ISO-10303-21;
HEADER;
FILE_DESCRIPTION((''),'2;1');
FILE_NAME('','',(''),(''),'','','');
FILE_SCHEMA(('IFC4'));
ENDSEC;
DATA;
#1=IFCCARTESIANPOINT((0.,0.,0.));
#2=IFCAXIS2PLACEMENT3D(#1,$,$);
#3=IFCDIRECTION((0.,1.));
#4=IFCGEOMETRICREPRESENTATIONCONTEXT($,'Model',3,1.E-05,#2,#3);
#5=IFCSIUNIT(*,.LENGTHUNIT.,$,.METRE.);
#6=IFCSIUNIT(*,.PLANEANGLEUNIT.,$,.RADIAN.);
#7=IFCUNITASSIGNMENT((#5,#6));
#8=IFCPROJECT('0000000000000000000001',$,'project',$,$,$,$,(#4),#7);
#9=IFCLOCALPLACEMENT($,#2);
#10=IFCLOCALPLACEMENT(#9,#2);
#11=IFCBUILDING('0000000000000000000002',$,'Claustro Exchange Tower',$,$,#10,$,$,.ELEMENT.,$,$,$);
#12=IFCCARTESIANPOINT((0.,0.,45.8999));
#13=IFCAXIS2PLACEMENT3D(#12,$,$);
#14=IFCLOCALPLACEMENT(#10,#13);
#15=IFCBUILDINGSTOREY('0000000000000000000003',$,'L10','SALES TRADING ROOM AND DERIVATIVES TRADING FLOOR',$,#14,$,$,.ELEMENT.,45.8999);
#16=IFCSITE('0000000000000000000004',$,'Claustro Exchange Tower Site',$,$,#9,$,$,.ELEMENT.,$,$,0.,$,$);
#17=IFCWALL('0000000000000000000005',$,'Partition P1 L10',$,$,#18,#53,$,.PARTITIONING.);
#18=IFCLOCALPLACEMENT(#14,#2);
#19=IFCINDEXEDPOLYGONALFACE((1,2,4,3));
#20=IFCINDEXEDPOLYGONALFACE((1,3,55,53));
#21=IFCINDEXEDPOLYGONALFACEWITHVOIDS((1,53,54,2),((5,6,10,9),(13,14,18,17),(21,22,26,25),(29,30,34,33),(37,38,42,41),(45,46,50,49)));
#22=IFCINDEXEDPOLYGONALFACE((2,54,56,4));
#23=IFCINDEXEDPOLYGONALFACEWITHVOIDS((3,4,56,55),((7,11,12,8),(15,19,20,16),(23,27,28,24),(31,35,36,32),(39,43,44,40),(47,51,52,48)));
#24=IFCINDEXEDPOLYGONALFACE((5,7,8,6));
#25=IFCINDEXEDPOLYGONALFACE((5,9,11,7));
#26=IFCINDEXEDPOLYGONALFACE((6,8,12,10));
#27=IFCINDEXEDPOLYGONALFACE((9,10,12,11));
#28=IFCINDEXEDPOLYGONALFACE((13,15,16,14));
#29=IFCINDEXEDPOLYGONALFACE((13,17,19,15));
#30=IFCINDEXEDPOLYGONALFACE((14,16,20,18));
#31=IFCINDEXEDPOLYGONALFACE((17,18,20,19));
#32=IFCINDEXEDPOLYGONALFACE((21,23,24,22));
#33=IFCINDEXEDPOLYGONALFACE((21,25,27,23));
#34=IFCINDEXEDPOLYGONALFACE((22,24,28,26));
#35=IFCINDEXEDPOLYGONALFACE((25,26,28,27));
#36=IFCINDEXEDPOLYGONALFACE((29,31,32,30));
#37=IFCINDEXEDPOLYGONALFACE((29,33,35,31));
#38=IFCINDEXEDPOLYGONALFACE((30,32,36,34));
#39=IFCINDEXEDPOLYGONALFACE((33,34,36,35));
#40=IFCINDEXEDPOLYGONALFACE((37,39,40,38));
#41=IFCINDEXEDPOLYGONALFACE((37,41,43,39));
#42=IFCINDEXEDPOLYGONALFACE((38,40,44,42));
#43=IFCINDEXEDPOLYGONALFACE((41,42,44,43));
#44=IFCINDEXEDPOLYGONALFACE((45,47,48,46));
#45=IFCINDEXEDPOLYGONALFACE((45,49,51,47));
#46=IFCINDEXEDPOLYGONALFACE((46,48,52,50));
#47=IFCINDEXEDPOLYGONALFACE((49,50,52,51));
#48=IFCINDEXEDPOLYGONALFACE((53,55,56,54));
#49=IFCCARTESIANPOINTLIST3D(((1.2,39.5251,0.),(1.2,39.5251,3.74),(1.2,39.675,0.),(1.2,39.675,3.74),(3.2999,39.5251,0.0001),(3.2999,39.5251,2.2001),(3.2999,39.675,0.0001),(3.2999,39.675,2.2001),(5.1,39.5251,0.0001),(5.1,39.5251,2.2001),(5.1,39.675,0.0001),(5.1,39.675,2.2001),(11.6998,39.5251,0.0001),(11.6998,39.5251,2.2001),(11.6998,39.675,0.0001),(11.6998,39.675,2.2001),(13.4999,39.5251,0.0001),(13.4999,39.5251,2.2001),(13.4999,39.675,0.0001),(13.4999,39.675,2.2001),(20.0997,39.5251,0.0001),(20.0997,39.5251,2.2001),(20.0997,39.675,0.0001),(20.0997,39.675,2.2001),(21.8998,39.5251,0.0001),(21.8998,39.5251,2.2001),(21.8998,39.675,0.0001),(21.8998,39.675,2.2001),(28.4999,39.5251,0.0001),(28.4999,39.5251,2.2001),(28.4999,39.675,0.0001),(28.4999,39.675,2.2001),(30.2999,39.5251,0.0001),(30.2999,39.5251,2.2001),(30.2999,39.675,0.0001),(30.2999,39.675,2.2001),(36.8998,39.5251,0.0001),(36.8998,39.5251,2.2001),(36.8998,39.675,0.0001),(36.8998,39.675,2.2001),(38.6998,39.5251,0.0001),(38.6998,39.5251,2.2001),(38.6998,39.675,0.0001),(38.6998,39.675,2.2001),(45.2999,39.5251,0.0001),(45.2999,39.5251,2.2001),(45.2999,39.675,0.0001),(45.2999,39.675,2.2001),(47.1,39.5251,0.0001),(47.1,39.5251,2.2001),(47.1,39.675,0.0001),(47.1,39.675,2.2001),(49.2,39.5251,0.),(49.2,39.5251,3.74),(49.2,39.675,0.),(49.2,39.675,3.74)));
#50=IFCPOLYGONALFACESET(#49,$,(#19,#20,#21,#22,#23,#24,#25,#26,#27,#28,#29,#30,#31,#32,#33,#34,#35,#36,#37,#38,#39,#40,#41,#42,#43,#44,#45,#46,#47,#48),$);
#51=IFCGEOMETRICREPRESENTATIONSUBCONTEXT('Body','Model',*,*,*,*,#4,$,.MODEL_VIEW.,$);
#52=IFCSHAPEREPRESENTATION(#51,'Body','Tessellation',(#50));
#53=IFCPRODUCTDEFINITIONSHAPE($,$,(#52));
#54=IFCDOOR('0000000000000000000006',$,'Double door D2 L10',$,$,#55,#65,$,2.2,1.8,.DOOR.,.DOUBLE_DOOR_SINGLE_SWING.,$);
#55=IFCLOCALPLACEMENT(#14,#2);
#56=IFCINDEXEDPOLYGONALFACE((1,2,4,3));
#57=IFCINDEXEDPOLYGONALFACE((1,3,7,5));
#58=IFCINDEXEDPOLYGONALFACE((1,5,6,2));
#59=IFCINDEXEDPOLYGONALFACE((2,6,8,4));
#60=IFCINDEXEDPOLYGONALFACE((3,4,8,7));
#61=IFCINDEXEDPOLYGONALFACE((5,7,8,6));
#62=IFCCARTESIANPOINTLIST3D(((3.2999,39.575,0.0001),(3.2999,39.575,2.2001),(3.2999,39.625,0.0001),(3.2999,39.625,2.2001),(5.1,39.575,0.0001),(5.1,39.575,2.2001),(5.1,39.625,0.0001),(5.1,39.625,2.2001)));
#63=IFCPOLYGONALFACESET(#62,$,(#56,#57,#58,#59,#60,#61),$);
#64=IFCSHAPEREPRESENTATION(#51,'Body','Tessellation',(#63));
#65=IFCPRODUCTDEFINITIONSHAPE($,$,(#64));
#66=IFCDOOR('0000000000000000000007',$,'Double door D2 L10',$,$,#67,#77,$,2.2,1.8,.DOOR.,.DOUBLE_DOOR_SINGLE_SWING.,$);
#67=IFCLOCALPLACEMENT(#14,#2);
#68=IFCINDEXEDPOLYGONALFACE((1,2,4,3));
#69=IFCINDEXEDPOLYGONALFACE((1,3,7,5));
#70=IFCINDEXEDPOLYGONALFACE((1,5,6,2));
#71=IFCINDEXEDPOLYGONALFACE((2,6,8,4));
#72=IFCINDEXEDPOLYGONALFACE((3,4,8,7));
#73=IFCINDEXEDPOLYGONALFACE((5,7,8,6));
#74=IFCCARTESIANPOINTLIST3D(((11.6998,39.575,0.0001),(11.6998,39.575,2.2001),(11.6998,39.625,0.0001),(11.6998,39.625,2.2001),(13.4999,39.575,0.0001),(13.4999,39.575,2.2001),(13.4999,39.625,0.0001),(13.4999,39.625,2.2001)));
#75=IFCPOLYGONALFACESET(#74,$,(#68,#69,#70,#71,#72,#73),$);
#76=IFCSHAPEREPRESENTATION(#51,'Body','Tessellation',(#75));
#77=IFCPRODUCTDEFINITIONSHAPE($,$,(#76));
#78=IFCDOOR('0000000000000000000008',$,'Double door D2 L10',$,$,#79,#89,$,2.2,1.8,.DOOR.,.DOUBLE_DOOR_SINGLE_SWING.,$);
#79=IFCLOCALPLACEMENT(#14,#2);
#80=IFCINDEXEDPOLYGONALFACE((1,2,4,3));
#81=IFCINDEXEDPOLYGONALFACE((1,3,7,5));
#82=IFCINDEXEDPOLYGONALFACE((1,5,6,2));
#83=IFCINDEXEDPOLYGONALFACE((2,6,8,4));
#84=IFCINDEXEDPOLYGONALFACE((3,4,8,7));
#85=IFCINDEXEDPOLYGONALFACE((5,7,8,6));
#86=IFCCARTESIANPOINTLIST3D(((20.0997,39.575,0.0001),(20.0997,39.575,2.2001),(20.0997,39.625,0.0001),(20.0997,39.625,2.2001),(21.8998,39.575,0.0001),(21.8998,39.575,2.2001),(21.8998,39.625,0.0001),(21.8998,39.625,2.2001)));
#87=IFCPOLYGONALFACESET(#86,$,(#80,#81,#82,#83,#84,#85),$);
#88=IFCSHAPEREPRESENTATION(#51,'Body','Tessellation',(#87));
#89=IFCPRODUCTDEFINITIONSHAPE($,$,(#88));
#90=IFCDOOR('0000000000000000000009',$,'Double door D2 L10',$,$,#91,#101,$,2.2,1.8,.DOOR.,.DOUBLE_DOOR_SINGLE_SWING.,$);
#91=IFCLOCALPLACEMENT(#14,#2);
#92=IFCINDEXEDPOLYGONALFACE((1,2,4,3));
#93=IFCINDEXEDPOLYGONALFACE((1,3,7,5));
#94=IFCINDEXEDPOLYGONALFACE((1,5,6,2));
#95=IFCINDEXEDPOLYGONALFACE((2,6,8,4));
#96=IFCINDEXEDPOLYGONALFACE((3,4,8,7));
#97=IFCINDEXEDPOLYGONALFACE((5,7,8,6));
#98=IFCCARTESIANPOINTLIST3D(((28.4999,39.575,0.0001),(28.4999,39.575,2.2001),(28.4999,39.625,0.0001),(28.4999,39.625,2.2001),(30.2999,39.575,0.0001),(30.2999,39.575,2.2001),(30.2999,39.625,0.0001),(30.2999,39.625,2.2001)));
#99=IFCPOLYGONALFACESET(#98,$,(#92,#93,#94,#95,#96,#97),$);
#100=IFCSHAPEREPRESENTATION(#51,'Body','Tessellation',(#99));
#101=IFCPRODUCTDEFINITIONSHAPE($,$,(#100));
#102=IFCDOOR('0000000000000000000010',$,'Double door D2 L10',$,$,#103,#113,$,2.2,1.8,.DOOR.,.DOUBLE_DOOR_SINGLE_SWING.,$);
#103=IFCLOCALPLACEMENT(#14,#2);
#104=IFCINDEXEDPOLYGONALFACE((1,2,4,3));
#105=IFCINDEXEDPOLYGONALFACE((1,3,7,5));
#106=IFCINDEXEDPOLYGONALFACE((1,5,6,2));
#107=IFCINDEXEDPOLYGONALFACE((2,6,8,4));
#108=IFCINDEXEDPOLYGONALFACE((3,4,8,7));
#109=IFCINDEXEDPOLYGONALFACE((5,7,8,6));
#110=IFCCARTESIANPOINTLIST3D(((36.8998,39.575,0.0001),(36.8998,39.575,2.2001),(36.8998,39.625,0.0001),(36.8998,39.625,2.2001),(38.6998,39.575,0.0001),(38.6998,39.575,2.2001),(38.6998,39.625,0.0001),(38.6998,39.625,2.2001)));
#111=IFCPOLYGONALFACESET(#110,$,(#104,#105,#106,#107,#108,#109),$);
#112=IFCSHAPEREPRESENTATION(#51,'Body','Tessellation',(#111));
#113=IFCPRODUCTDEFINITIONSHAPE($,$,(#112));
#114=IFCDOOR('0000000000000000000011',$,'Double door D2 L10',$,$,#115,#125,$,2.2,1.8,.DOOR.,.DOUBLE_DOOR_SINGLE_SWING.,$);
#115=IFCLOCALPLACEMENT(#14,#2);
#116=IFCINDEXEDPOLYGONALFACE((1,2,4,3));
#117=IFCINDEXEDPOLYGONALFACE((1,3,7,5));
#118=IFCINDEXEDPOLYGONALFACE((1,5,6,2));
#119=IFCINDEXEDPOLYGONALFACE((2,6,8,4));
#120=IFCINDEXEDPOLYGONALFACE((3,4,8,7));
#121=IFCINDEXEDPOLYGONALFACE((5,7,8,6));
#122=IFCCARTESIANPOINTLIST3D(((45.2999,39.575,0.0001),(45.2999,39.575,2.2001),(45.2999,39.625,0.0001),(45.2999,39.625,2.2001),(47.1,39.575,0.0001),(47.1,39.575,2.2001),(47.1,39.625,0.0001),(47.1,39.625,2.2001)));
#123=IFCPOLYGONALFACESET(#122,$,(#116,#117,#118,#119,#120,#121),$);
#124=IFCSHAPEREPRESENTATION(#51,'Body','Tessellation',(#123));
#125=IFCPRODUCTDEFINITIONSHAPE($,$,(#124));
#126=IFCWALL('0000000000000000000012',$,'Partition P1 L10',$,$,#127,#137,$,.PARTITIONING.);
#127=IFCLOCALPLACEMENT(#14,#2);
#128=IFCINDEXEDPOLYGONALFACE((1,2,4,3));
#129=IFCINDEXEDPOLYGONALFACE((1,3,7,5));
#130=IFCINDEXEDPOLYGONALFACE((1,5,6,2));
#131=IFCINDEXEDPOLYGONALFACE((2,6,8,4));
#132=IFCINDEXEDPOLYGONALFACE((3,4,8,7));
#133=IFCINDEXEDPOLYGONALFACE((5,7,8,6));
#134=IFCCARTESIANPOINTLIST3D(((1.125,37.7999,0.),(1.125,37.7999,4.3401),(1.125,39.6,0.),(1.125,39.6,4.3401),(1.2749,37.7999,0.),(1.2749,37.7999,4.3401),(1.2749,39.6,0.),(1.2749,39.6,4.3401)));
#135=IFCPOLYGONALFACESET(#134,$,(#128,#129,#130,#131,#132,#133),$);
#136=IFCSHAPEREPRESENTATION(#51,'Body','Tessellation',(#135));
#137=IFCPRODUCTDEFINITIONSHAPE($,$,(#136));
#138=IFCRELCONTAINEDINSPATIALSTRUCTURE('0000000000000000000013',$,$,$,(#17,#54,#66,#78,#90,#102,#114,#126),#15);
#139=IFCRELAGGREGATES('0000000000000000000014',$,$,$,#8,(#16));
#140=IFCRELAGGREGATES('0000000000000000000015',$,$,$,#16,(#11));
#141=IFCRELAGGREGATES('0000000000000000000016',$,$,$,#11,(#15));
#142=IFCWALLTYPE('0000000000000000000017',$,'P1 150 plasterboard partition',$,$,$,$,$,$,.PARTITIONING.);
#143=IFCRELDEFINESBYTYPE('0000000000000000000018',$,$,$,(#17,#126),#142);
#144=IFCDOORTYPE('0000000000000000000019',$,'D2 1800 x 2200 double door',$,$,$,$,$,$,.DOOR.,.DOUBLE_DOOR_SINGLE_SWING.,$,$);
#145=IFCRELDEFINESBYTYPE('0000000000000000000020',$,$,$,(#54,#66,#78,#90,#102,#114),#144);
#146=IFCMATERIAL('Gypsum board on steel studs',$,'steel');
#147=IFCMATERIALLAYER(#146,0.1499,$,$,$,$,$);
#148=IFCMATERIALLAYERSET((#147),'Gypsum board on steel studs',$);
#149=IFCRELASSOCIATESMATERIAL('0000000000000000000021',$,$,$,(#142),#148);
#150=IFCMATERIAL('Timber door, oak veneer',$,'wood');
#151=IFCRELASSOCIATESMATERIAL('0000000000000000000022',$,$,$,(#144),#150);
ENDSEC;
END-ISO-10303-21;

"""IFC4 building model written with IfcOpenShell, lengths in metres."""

from ifc_helpers import new_model, si_unit, direction, frame, frame_2d, origin, place, context, subcontext, project, spatial, rectangle, extrude, material, layer, layer_set, type_object, element, fill, save


model = new_model("IFC4")

# Units and contexts
model_context = context("Model", 3, precision=1e-05, world=origin(), true_north=direction((0.0, 1.0)))
body_context = subcontext(model_context, "Body", "Model", "MODEL_VIEW")
ifc_project = project(units=[si_unit("LENGTHUNIT", "METRE"), si_unit("PLANEANGLEUNIT", "RADIAN")], contexts=[model_context])

# Site, building, storey
site_placement = place(None, origin())
site = spatial("IfcSite", under=ifc_project, at=site_placement, Name="Claustro Exchange Tower Site", CompositionType="ELEMENT", RefElevation=0.0)
building_placement = place(site_placement, origin())
building = spatial("IfcBuilding", under=site, at=building_placement, Name="Claustro Exchange Tower", CompositionType="ELEMENT")
storey_placement = place(building_placement, frame((0.0, 0.0, 45.8999)))
storey = spatial("IfcBuildingStorey", under=building, at=storey_placement, Name="L10", Description="SALES TRADING ROOM AND DERIVATIVES TRADING FLOOR", CompositionType="ELEMENT", Elevation=45.8999)

# Wall, openings, doors
ifc_material_1 = material(Name="Gypsum board on steel studs", Category="steel")
ifc_layer_1 = layer(ifc_material_1, 0.1499)
ifc_layer_set_1 = layer_set([ifc_layer_1], Name="Gypsum board on steel studs")
wall_type_1 = type_object("IfcWallType", Name="P1 150 plasterboard partition", PredefinedType="PARTITIONING", material=ifc_layer_set_1)
wall_1_placement = place(storey_placement, frame((1.2, 39.6001, 0.0), z_axis=(0.0, 0.0, 1.0), x_axis=(1.0, 0.0, 0.0)))
wall_1 = element("IfcWall", 1, at=wall_1_placement, inside=storey, type_object=wall_type_1, Name="Partition P1 L10", PredefinedType="PARTITIONING", context=body_context, shape_type="SweptSolid", body=[
    extrude(rectangle(XDim=48.0, YDim=0.1499, at=frame_2d((24.0, 0.0))), origin(), (0.0, 0.0, 1.0), 3.74),
])
opening_1_placement = place(wall_1_placement, frame((2.1001, 0.0, 0.0)))
opening_1 = element("IfcOpeningElement", 2, at=opening_1_placement, cuts=wall_1, PredefinedType="OPENING", context=body_context, shape_type="SweptSolid", body=[
    extrude(rectangle(XDim=1.8, YDim=2.2, at=frame_2d((0.8999, 1.1001))), frame((0.0, 0.085, 0.0), z_axis=(0.0, -1.0, 0.0), x_axis=(1.0, 0.0, 0.0)), (0.0, 0.0, 1.0), 0.1699),
])
opening_2_placement = place(wall_1_placement, frame((10.5, 0.0, 0.0)))
opening_2 = element("IfcOpeningElement", 3, at=opening_2_placement, cuts=wall_1, PredefinedType="OPENING", context=body_context, shape_type="SweptSolid", body=[
    extrude(rectangle(XDim=1.8, YDim=2.2, at=frame_2d((0.8999, 1.1001))), frame((0.0, 0.085, 0.0), z_axis=(0.0, -1.0, 0.0), x_axis=(1.0, 0.0, 0.0)), (0.0, 0.0, 1.0), 0.1699),
])
opening_3_placement = place(wall_1_placement, frame((18.8999, 0.0, 0.0)))
opening_3 = element("IfcOpeningElement", 4, at=opening_3_placement, cuts=wall_1, PredefinedType="OPENING", context=body_context, shape_type="SweptSolid", body=[
    extrude(rectangle(XDim=1.8, YDim=2.2, at=frame_2d((0.8999, 1.1001))), frame((0.0, 0.085, 0.0), z_axis=(0.0, -1.0, 0.0), x_axis=(1.0, 0.0, 0.0)), (0.0, 0.0, 1.0), 0.1699),
])
opening_4_placement = place(wall_1_placement, frame((27.3, 0.0, 0.0)))
opening_4 = element("IfcOpeningElement", 5, at=opening_4_placement, cuts=wall_1, PredefinedType="OPENING", context=body_context, shape_type="SweptSolid", body=[
    extrude(rectangle(XDim=1.8, YDim=2.2, at=frame_2d((0.8999, 1.1001))), frame((0.0, 0.085, 0.0), z_axis=(0.0, -1.0, 0.0), x_axis=(1.0, 0.0, 0.0)), (0.0, 0.0, 1.0), 0.1699),
])
opening_5_placement = place(wall_1_placement, frame((35.7, 0.0, 0.0)))
opening_5 = element("IfcOpeningElement", 6, at=opening_5_placement, cuts=wall_1, PredefinedType="OPENING", context=body_context, shape_type="SweptSolid", body=[
    extrude(rectangle(XDim=1.8, YDim=2.2, at=frame_2d((0.8999, 1.1001))), frame((0.0, 0.085, 0.0), z_axis=(0.0, -1.0, 0.0), x_axis=(1.0, 0.0, 0.0)), (0.0, 0.0, 1.0), 0.1699),
])
opening_6_placement = place(wall_1_placement, frame((44.1001, 0.0, 0.0)))
opening_6 = element("IfcOpeningElement", 7, at=opening_6_placement, cuts=wall_1, PredefinedType="OPENING", context=body_context, shape_type="SweptSolid", body=[
    extrude(rectangle(XDim=1.8, YDim=2.2, at=frame_2d((0.8999, 1.1001))), frame((0.0, 0.085, 0.0), z_axis=(0.0, -1.0, 0.0), x_axis=(1.0, 0.0, 0.0)), (0.0, 0.0, 1.0), 0.1699),
])
ifc_material_2 = material(Name="Timber door, oak veneer", Category="wood")
door_type = type_object("IfcDoorType", Name="D2 1800 x 2200 double door", OperationType="DOUBLE_DOOR_SINGLE_SWING", PredefinedType="DOOR", material=ifc_material_2)
door_1_placement = place(opening_1_placement, origin())
door_1 = element("IfcDoor", 8, at=door_1_placement, inside=storey, type_object=door_type, Name="Double door D2 L10", OperationType="DOUBLE_DOOR_SINGLE_SWING", OverallHeight=2.2, OverallWidth=1.8, PredefinedType="DOOR", context=body_context, shape_type="SweptSolid", body=[
    extrude(rectangle(XDim=1.8, YDim=2.2, at=frame_2d((0.8999, 1.1001))), frame((0.0, 0.0249, 0.0), z_axis=(0.0, -1.0, 0.0), x_axis=(1.0, 0.0, 0.0)), (0.0, 0.0, 1.0), 0.05),
])
fill(opening_1, door_1)
door_2_placement = place(opening_2_placement, origin())
door_2 = element("IfcDoor", 9, at=door_2_placement, inside=storey, type_object=door_type, Name="Double door D2 L10", OperationType="DOUBLE_DOOR_SINGLE_SWING", OverallHeight=2.2, OverallWidth=1.8, PredefinedType="DOOR", context=body_context, shape_type="SweptSolid", body=[
    extrude(rectangle(XDim=1.8, YDim=2.2, at=frame_2d((0.8999, 1.1001))), frame((0.0, 0.0249, 0.0), z_axis=(0.0, -1.0, 0.0), x_axis=(1.0, 0.0, 0.0)), (0.0, 0.0, 1.0), 0.05),
])
fill(opening_2, door_2)
door_3_placement = place(opening_3_placement, origin())
door_3 = element("IfcDoor", 10, at=door_3_placement, inside=storey, type_object=door_type, Name="Double door D2 L10", OperationType="DOUBLE_DOOR_SINGLE_SWING", OverallHeight=2.2, OverallWidth=1.8, PredefinedType="DOOR", context=body_context, shape_type="SweptSolid", body=[
    extrude(rectangle(XDim=1.8, YDim=2.2, at=frame_2d((0.8999, 1.1001))), frame((0.0, 0.0249, 0.0), z_axis=(0.0, -1.0, 0.0), x_axis=(1.0, 0.0, 0.0)), (0.0, 0.0, 1.0), 0.05),
])
fill(opening_3, door_3)
door_4_placement = place(opening_4_placement, origin())
door_4 = element("IfcDoor", 11, at=door_4_placement, inside=storey, type_object=door_type, Name="Double door D2 L10", OperationType="DOUBLE_DOOR_SINGLE_SWING", OverallHeight=2.2, OverallWidth=1.8, PredefinedType="DOOR", context=body_context, shape_type="SweptSolid", body=[
    extrude(rectangle(XDim=1.8, YDim=2.2, at=frame_2d((0.8999, 1.1001))), frame((0.0, 0.0249, 0.0), z_axis=(0.0, -1.0, 0.0), x_axis=(1.0, 0.0, 0.0)), (0.0, 0.0, 1.0), 0.05),
])
fill(opening_4, door_4)
door_5_placement = place(opening_5_placement, origin())
door_5 = element("IfcDoor", 12, at=door_5_placement, inside=storey, type_object=door_type, Name="Double door D2 L10", OperationType="DOUBLE_DOOR_SINGLE_SWING", OverallHeight=2.2, OverallWidth=1.8, PredefinedType="DOOR", context=body_context, shape_type="SweptSolid", body=[
    extrude(rectangle(XDim=1.8, YDim=2.2, at=frame_2d((0.8999, 1.1001))), frame((0.0, 0.0249, 0.0), z_axis=(0.0, -1.0, 0.0), x_axis=(1.0, 0.0, 0.0)), (0.0, 0.0, 1.0), 0.05),
])
fill(opening_5, door_5)
door_6_placement = place(opening_6_placement, origin())
door_6 = element("IfcDoor", 13, at=door_6_placement, inside=storey, type_object=door_type, Name="Double door D2 L10", OperationType="DOUBLE_DOOR_SINGLE_SWING", OverallHeight=2.2, OverallWidth=1.8, PredefinedType="DOOR", context=body_context, shape_type="SweptSolid", body=[
    extrude(rectangle(XDim=1.8, YDim=2.2, at=frame_2d((0.8999, 1.1001))), frame((0.0, 0.0249, 0.0), z_axis=(0.0, -1.0, 0.0), x_axis=(1.0, 0.0, 0.0)), (0.0, 0.0, 1.0), 0.05),
])
fill(opening_6, door_6)

# Wall
wall_2_placement = place(storey_placement, frame((1.2, 37.8, 0.0), z_axis=(0.0, 0.0, 1.0), x_axis=(0.0, 1.0, 0.0)))
element("IfcWall", 14, at=wall_2_placement, inside=storey, type_object=wall_type_1, Name="Partition P1 L10", PredefinedType="PARTITIONING", context=body_context, shape_type="SweptSolid", body=[
    extrude(rectangle(XDim=1.8, YDim=0.1499, at=frame_2d((0.8999, 0.0))), origin(), (0.0, 0.0, 1.0), 4.3401),
])

save(model, "model.ifc")
